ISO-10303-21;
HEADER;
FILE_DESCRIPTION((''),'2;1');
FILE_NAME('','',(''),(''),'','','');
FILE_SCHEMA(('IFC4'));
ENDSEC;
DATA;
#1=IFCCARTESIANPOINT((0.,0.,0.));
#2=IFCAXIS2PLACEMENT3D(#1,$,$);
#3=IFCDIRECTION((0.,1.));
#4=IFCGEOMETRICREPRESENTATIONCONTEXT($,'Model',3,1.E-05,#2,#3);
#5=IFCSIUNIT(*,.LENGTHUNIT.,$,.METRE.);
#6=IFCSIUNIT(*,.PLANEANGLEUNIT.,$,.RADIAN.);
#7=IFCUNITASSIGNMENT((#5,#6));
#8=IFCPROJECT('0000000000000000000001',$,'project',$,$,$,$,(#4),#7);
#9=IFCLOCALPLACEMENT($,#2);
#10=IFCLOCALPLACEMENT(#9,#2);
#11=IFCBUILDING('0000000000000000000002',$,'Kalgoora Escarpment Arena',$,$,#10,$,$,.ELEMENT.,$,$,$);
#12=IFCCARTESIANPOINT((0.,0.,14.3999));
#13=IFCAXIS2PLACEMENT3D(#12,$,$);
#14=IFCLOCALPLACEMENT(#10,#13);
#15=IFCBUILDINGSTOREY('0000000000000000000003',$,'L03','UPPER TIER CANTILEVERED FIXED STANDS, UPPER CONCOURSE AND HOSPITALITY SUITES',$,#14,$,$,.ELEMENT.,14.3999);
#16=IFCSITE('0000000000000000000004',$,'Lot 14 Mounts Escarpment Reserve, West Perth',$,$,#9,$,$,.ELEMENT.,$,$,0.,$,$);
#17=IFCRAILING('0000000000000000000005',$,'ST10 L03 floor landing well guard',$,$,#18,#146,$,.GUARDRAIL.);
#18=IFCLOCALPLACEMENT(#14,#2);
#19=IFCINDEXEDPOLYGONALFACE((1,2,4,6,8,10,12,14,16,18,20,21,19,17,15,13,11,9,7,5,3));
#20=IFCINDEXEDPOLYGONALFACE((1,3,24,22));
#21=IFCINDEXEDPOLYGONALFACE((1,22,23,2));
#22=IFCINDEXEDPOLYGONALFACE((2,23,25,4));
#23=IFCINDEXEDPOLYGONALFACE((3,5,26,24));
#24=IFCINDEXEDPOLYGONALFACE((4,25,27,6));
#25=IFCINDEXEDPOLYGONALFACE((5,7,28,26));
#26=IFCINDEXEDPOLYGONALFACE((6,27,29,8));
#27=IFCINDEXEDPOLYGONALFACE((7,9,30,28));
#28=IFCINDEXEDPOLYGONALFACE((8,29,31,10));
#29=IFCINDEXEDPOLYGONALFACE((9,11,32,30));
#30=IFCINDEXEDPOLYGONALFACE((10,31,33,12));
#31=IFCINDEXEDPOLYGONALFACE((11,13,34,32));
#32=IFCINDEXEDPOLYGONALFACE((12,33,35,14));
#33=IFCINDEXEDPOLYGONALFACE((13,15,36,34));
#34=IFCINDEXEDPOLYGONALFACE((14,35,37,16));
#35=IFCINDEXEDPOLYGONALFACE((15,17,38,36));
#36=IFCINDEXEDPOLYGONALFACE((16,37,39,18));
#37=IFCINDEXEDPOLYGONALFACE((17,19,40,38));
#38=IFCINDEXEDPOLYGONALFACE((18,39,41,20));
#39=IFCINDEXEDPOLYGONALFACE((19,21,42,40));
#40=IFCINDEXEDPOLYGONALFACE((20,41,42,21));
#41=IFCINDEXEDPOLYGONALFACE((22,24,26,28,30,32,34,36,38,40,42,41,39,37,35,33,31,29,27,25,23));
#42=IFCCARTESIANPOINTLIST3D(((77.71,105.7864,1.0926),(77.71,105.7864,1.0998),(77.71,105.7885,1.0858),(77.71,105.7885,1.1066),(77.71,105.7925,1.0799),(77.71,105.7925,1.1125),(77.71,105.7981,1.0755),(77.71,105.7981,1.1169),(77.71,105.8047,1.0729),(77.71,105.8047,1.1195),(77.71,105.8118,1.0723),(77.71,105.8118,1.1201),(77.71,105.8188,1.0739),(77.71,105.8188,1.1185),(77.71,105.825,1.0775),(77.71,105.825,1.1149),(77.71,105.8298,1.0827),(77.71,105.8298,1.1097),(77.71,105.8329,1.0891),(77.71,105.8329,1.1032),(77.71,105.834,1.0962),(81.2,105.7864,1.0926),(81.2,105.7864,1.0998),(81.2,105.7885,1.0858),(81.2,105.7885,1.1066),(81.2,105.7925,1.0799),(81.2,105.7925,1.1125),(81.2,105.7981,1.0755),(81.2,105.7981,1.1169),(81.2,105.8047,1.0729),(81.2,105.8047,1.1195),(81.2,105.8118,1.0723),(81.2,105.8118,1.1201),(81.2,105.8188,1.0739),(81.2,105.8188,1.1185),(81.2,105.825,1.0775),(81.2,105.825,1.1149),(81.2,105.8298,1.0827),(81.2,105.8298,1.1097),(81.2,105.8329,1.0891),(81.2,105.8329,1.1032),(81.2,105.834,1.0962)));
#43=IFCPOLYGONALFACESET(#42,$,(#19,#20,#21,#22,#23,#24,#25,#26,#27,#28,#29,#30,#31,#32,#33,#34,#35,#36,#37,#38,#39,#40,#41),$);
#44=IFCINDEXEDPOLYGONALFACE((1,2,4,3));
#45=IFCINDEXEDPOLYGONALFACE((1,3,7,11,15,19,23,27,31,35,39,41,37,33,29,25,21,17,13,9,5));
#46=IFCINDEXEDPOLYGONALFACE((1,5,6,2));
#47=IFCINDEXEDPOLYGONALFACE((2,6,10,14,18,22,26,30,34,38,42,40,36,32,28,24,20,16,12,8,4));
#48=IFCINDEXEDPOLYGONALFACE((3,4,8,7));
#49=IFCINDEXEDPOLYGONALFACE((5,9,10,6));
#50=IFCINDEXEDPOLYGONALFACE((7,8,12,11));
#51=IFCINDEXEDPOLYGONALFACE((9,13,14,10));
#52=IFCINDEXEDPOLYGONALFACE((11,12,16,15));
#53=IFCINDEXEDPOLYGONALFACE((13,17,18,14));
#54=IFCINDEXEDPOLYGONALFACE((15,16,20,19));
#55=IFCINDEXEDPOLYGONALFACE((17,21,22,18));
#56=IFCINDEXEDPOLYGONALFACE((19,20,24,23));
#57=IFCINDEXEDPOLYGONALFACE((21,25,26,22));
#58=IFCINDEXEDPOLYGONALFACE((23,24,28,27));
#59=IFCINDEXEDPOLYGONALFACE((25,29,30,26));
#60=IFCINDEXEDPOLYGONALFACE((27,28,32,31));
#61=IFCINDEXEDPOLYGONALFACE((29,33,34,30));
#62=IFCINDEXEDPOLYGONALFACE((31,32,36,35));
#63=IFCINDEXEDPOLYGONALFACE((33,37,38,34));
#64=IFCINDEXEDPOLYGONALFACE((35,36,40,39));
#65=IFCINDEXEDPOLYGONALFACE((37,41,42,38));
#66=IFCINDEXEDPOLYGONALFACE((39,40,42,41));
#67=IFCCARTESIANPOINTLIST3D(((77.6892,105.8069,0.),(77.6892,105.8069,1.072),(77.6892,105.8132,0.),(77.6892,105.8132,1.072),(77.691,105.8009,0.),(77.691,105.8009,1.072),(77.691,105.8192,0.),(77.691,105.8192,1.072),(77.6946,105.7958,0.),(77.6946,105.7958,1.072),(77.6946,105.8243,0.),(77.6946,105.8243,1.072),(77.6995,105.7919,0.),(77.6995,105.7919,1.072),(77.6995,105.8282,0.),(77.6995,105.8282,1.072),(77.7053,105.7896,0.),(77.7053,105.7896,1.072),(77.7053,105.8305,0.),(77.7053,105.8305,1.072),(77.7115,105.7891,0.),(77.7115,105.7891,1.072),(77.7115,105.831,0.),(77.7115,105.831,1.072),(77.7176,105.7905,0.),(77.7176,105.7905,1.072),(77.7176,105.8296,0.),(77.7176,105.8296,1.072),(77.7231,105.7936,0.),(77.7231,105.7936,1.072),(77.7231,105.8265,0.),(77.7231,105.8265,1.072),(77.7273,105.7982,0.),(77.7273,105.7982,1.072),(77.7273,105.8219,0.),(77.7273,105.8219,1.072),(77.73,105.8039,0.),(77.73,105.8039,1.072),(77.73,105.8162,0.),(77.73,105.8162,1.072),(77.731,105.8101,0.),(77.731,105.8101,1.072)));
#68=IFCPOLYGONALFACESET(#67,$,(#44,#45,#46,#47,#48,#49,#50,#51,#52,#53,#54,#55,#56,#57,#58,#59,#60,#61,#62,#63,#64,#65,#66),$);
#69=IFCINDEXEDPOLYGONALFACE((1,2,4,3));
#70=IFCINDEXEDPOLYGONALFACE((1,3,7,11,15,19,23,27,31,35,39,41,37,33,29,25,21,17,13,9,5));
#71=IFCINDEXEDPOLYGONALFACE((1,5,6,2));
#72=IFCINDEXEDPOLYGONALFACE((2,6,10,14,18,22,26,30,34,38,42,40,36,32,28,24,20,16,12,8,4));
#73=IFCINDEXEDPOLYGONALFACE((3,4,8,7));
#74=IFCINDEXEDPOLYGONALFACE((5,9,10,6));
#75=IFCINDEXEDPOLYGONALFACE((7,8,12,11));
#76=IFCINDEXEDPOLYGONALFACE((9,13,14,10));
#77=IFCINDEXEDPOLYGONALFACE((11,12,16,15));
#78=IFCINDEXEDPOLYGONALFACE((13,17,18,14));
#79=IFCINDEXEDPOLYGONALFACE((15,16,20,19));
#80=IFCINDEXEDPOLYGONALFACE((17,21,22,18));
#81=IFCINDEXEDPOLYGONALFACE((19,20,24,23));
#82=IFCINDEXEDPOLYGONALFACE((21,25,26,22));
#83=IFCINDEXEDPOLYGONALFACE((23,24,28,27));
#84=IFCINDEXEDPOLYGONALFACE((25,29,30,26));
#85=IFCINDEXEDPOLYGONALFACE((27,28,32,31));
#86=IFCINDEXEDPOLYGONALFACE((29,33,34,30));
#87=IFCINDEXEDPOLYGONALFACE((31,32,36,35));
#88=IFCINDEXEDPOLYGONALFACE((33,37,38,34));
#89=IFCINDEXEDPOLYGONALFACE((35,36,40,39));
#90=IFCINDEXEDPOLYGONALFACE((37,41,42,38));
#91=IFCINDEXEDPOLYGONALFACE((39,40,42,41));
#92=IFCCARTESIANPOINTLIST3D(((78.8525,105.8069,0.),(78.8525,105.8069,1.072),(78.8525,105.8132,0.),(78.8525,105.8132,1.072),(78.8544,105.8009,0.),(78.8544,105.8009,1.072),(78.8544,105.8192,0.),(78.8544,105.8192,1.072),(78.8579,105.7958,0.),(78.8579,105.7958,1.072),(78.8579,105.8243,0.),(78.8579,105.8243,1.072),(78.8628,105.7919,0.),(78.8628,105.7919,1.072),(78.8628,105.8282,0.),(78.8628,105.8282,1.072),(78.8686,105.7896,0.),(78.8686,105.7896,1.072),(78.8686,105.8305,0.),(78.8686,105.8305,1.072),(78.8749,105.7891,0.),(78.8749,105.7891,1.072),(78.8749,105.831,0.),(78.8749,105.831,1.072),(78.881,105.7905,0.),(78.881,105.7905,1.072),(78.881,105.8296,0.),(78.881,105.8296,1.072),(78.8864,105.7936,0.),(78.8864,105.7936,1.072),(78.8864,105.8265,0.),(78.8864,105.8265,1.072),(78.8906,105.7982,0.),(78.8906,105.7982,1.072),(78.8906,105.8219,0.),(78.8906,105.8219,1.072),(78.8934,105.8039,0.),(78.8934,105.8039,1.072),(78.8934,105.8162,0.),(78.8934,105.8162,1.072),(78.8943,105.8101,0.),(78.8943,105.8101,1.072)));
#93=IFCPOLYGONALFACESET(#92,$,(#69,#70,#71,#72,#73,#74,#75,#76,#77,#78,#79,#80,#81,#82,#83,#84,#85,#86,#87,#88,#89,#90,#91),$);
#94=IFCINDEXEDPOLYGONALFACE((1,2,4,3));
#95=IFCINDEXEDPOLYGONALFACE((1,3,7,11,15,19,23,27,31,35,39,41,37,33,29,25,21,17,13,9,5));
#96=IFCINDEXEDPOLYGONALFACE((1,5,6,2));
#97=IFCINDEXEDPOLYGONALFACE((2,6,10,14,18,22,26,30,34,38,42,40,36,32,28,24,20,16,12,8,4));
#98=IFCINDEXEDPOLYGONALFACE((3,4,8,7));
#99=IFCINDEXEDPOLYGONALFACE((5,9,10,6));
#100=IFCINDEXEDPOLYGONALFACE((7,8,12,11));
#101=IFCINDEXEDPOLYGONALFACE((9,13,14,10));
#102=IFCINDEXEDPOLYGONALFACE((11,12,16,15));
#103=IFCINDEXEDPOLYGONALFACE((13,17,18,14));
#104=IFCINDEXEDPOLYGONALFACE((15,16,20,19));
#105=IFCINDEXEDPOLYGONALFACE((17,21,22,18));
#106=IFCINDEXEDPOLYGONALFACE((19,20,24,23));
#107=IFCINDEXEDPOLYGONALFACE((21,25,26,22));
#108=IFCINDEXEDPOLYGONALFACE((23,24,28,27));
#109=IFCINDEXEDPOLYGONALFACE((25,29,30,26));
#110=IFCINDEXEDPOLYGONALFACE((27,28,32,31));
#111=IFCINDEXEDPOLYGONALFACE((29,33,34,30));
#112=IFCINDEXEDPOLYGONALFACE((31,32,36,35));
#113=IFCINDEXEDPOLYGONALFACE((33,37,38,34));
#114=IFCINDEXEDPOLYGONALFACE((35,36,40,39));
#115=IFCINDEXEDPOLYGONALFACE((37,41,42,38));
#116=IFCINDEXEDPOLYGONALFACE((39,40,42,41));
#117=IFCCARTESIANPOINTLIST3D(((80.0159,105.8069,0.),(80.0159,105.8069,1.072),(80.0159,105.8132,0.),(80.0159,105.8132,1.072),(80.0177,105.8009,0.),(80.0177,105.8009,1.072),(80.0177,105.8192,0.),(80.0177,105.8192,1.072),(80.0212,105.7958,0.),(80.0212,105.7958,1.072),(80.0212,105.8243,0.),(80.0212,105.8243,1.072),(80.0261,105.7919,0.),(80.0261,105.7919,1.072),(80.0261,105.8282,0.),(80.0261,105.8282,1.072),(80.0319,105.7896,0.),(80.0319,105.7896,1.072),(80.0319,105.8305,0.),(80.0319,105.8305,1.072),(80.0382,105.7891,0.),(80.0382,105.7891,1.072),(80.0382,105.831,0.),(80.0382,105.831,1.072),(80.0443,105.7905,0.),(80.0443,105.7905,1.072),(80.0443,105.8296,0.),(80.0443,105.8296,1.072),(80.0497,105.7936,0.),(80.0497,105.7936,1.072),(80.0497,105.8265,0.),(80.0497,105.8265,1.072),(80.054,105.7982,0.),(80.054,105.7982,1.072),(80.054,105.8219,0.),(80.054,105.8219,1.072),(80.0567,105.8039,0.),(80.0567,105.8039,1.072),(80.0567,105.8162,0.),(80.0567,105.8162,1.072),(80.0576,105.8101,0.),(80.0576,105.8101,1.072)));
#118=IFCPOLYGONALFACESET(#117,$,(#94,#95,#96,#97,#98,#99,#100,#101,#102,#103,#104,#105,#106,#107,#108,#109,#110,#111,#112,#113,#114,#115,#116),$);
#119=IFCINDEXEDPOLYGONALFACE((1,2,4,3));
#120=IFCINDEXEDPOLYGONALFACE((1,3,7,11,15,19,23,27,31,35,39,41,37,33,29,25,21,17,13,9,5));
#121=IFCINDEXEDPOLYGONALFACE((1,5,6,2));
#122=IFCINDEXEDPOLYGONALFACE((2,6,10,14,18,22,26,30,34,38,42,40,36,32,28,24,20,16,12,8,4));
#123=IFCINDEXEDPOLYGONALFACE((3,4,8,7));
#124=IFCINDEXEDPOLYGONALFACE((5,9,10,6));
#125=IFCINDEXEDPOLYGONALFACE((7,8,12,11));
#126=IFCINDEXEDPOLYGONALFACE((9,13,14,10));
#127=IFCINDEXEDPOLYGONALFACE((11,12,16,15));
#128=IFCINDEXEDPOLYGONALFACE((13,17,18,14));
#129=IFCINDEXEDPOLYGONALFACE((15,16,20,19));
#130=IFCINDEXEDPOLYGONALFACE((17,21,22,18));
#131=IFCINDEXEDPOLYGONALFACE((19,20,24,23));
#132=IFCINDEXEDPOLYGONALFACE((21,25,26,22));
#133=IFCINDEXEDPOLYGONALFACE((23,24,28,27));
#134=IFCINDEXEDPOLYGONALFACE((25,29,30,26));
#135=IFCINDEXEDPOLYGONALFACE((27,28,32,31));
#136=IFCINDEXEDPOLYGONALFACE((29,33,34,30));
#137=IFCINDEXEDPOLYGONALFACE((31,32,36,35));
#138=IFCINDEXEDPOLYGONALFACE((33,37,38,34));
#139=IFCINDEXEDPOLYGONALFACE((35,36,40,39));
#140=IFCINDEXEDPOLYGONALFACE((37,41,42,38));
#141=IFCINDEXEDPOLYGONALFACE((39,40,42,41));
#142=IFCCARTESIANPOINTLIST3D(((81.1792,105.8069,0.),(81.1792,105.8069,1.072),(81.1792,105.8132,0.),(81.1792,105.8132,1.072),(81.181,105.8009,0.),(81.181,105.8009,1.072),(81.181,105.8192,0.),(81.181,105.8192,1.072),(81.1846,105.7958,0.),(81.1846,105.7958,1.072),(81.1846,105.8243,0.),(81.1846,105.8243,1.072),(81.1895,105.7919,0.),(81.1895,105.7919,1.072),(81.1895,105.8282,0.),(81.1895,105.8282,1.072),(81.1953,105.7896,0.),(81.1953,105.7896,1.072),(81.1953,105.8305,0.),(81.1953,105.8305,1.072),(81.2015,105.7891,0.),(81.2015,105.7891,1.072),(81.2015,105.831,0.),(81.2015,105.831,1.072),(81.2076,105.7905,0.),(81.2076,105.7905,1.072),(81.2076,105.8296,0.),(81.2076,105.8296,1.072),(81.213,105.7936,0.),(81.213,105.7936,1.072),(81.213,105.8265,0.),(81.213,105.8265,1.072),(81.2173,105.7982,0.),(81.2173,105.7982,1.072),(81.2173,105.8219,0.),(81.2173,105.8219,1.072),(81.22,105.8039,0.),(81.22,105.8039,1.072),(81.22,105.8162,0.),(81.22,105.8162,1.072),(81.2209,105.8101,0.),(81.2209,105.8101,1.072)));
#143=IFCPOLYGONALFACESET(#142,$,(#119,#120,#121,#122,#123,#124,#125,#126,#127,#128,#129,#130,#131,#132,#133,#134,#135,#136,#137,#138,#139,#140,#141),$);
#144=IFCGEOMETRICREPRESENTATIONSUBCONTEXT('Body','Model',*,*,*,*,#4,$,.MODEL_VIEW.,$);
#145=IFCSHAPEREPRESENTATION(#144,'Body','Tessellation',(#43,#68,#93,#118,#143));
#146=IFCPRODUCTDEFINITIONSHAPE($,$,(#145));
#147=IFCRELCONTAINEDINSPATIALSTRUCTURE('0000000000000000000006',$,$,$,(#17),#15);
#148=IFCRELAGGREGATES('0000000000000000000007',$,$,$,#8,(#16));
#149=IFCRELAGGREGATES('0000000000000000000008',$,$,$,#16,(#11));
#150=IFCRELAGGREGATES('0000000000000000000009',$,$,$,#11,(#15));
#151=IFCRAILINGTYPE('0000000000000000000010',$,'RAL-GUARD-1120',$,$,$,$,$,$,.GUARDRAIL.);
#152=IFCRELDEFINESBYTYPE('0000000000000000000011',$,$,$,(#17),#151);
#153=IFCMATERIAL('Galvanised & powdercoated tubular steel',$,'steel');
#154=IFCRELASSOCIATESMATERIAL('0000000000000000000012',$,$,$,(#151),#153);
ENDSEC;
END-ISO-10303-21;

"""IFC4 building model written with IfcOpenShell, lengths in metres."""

from ifc_helpers import new_model, si_unit, direction, frame, origin, origin_2d, place, context, subcontext, project, spatial, circle, extrude, material, type_object, element, save


model = new_model("IFC4")

# Units and contexts
model_context = context("Model", 3, precision=1e-05, world=origin(), true_north=direction((0.0, 1.0)))
body_context = subcontext(model_context, "Body", "Model", "MODEL_VIEW")
ifc_project = project(units=[si_unit("LENGTHUNIT", "METRE"), si_unit("PLANEANGLEUNIT", "RADIAN")], contexts=[model_context])

# Site, building, storey
site_placement = place(None, origin())
site = spatial("IfcSite", under=ifc_project, at=site_placement, Name="Lot 14 Mounts Escarpment Reserve, West Perth", CompositionType="ELEMENT", RefElevation=0.0)
building_placement = place(site_placement, origin())
building = spatial("IfcBuilding", under=site, at=building_placement, Name="Kalgoora Escarpment Arena", CompositionType="ELEMENT")
storey_placement = place(building_placement, frame((0.0, 0.0, 14.3999)))
storey = spatial("IfcBuildingStorey", under=building, at=storey_placement, Name="L03", Description="UPPER TIER CANTILEVERED FIXED STANDS, UPPER CONCOURSE AND HOSPITALITY SUITES", CompositionType="ELEMENT", Elevation=14.3999)

# Railing
ifc_material_1 = material(Name="Galvanised & powdercoated tubular steel", Category="steel")
railing_type_1 = type_object("IfcRailingType", Name="RAL-GUARD-1120", PredefinedType="GUARDRAIL", material=ifc_material_1)
railing_1_placement = place(storey_placement, frame((77.71, 105.8101, 0.0)))
element("IfcRailing", 1, at=railing_1_placement, inside=storey, type_object=railing_type_1, Name="ST10 L03 floor landing well guard", PredefinedType="GUARDRAIL", context=body_context, shape_type="SweptSolid", body=[
    extrude(circle(Radius=0.0239, at=origin_2d()), frame((0.0, 0.0, 1.0962), z_axis=(1.0, 0.0, 0.0), x_axis=(0.0, 1.0, 0.0)), (0.0, 0.0, 1.0), 3.49),
    extrude(circle(Radius=0.021, at=origin_2d()), origin(), (0.0, 0.0, 1.0), 1.072),
    extrude(circle(Radius=0.021, at=origin_2d()), frame((1.1633, 0.0, 0.0)), (0.0, 0.0, 1.0), 1.072),
    extrude(circle(Radius=0.021, at=origin_2d()), frame((2.3267, 0.0, 0.0)), (0.0, 0.0, 1.0), 1.072),
    extrude(circle(Radius=0.021, at=origin_2d()), frame((3.49, 0.0, 0.0)), (0.0, 0.0, 1.0), 1.072),
])

save(model, "model.ifc")
